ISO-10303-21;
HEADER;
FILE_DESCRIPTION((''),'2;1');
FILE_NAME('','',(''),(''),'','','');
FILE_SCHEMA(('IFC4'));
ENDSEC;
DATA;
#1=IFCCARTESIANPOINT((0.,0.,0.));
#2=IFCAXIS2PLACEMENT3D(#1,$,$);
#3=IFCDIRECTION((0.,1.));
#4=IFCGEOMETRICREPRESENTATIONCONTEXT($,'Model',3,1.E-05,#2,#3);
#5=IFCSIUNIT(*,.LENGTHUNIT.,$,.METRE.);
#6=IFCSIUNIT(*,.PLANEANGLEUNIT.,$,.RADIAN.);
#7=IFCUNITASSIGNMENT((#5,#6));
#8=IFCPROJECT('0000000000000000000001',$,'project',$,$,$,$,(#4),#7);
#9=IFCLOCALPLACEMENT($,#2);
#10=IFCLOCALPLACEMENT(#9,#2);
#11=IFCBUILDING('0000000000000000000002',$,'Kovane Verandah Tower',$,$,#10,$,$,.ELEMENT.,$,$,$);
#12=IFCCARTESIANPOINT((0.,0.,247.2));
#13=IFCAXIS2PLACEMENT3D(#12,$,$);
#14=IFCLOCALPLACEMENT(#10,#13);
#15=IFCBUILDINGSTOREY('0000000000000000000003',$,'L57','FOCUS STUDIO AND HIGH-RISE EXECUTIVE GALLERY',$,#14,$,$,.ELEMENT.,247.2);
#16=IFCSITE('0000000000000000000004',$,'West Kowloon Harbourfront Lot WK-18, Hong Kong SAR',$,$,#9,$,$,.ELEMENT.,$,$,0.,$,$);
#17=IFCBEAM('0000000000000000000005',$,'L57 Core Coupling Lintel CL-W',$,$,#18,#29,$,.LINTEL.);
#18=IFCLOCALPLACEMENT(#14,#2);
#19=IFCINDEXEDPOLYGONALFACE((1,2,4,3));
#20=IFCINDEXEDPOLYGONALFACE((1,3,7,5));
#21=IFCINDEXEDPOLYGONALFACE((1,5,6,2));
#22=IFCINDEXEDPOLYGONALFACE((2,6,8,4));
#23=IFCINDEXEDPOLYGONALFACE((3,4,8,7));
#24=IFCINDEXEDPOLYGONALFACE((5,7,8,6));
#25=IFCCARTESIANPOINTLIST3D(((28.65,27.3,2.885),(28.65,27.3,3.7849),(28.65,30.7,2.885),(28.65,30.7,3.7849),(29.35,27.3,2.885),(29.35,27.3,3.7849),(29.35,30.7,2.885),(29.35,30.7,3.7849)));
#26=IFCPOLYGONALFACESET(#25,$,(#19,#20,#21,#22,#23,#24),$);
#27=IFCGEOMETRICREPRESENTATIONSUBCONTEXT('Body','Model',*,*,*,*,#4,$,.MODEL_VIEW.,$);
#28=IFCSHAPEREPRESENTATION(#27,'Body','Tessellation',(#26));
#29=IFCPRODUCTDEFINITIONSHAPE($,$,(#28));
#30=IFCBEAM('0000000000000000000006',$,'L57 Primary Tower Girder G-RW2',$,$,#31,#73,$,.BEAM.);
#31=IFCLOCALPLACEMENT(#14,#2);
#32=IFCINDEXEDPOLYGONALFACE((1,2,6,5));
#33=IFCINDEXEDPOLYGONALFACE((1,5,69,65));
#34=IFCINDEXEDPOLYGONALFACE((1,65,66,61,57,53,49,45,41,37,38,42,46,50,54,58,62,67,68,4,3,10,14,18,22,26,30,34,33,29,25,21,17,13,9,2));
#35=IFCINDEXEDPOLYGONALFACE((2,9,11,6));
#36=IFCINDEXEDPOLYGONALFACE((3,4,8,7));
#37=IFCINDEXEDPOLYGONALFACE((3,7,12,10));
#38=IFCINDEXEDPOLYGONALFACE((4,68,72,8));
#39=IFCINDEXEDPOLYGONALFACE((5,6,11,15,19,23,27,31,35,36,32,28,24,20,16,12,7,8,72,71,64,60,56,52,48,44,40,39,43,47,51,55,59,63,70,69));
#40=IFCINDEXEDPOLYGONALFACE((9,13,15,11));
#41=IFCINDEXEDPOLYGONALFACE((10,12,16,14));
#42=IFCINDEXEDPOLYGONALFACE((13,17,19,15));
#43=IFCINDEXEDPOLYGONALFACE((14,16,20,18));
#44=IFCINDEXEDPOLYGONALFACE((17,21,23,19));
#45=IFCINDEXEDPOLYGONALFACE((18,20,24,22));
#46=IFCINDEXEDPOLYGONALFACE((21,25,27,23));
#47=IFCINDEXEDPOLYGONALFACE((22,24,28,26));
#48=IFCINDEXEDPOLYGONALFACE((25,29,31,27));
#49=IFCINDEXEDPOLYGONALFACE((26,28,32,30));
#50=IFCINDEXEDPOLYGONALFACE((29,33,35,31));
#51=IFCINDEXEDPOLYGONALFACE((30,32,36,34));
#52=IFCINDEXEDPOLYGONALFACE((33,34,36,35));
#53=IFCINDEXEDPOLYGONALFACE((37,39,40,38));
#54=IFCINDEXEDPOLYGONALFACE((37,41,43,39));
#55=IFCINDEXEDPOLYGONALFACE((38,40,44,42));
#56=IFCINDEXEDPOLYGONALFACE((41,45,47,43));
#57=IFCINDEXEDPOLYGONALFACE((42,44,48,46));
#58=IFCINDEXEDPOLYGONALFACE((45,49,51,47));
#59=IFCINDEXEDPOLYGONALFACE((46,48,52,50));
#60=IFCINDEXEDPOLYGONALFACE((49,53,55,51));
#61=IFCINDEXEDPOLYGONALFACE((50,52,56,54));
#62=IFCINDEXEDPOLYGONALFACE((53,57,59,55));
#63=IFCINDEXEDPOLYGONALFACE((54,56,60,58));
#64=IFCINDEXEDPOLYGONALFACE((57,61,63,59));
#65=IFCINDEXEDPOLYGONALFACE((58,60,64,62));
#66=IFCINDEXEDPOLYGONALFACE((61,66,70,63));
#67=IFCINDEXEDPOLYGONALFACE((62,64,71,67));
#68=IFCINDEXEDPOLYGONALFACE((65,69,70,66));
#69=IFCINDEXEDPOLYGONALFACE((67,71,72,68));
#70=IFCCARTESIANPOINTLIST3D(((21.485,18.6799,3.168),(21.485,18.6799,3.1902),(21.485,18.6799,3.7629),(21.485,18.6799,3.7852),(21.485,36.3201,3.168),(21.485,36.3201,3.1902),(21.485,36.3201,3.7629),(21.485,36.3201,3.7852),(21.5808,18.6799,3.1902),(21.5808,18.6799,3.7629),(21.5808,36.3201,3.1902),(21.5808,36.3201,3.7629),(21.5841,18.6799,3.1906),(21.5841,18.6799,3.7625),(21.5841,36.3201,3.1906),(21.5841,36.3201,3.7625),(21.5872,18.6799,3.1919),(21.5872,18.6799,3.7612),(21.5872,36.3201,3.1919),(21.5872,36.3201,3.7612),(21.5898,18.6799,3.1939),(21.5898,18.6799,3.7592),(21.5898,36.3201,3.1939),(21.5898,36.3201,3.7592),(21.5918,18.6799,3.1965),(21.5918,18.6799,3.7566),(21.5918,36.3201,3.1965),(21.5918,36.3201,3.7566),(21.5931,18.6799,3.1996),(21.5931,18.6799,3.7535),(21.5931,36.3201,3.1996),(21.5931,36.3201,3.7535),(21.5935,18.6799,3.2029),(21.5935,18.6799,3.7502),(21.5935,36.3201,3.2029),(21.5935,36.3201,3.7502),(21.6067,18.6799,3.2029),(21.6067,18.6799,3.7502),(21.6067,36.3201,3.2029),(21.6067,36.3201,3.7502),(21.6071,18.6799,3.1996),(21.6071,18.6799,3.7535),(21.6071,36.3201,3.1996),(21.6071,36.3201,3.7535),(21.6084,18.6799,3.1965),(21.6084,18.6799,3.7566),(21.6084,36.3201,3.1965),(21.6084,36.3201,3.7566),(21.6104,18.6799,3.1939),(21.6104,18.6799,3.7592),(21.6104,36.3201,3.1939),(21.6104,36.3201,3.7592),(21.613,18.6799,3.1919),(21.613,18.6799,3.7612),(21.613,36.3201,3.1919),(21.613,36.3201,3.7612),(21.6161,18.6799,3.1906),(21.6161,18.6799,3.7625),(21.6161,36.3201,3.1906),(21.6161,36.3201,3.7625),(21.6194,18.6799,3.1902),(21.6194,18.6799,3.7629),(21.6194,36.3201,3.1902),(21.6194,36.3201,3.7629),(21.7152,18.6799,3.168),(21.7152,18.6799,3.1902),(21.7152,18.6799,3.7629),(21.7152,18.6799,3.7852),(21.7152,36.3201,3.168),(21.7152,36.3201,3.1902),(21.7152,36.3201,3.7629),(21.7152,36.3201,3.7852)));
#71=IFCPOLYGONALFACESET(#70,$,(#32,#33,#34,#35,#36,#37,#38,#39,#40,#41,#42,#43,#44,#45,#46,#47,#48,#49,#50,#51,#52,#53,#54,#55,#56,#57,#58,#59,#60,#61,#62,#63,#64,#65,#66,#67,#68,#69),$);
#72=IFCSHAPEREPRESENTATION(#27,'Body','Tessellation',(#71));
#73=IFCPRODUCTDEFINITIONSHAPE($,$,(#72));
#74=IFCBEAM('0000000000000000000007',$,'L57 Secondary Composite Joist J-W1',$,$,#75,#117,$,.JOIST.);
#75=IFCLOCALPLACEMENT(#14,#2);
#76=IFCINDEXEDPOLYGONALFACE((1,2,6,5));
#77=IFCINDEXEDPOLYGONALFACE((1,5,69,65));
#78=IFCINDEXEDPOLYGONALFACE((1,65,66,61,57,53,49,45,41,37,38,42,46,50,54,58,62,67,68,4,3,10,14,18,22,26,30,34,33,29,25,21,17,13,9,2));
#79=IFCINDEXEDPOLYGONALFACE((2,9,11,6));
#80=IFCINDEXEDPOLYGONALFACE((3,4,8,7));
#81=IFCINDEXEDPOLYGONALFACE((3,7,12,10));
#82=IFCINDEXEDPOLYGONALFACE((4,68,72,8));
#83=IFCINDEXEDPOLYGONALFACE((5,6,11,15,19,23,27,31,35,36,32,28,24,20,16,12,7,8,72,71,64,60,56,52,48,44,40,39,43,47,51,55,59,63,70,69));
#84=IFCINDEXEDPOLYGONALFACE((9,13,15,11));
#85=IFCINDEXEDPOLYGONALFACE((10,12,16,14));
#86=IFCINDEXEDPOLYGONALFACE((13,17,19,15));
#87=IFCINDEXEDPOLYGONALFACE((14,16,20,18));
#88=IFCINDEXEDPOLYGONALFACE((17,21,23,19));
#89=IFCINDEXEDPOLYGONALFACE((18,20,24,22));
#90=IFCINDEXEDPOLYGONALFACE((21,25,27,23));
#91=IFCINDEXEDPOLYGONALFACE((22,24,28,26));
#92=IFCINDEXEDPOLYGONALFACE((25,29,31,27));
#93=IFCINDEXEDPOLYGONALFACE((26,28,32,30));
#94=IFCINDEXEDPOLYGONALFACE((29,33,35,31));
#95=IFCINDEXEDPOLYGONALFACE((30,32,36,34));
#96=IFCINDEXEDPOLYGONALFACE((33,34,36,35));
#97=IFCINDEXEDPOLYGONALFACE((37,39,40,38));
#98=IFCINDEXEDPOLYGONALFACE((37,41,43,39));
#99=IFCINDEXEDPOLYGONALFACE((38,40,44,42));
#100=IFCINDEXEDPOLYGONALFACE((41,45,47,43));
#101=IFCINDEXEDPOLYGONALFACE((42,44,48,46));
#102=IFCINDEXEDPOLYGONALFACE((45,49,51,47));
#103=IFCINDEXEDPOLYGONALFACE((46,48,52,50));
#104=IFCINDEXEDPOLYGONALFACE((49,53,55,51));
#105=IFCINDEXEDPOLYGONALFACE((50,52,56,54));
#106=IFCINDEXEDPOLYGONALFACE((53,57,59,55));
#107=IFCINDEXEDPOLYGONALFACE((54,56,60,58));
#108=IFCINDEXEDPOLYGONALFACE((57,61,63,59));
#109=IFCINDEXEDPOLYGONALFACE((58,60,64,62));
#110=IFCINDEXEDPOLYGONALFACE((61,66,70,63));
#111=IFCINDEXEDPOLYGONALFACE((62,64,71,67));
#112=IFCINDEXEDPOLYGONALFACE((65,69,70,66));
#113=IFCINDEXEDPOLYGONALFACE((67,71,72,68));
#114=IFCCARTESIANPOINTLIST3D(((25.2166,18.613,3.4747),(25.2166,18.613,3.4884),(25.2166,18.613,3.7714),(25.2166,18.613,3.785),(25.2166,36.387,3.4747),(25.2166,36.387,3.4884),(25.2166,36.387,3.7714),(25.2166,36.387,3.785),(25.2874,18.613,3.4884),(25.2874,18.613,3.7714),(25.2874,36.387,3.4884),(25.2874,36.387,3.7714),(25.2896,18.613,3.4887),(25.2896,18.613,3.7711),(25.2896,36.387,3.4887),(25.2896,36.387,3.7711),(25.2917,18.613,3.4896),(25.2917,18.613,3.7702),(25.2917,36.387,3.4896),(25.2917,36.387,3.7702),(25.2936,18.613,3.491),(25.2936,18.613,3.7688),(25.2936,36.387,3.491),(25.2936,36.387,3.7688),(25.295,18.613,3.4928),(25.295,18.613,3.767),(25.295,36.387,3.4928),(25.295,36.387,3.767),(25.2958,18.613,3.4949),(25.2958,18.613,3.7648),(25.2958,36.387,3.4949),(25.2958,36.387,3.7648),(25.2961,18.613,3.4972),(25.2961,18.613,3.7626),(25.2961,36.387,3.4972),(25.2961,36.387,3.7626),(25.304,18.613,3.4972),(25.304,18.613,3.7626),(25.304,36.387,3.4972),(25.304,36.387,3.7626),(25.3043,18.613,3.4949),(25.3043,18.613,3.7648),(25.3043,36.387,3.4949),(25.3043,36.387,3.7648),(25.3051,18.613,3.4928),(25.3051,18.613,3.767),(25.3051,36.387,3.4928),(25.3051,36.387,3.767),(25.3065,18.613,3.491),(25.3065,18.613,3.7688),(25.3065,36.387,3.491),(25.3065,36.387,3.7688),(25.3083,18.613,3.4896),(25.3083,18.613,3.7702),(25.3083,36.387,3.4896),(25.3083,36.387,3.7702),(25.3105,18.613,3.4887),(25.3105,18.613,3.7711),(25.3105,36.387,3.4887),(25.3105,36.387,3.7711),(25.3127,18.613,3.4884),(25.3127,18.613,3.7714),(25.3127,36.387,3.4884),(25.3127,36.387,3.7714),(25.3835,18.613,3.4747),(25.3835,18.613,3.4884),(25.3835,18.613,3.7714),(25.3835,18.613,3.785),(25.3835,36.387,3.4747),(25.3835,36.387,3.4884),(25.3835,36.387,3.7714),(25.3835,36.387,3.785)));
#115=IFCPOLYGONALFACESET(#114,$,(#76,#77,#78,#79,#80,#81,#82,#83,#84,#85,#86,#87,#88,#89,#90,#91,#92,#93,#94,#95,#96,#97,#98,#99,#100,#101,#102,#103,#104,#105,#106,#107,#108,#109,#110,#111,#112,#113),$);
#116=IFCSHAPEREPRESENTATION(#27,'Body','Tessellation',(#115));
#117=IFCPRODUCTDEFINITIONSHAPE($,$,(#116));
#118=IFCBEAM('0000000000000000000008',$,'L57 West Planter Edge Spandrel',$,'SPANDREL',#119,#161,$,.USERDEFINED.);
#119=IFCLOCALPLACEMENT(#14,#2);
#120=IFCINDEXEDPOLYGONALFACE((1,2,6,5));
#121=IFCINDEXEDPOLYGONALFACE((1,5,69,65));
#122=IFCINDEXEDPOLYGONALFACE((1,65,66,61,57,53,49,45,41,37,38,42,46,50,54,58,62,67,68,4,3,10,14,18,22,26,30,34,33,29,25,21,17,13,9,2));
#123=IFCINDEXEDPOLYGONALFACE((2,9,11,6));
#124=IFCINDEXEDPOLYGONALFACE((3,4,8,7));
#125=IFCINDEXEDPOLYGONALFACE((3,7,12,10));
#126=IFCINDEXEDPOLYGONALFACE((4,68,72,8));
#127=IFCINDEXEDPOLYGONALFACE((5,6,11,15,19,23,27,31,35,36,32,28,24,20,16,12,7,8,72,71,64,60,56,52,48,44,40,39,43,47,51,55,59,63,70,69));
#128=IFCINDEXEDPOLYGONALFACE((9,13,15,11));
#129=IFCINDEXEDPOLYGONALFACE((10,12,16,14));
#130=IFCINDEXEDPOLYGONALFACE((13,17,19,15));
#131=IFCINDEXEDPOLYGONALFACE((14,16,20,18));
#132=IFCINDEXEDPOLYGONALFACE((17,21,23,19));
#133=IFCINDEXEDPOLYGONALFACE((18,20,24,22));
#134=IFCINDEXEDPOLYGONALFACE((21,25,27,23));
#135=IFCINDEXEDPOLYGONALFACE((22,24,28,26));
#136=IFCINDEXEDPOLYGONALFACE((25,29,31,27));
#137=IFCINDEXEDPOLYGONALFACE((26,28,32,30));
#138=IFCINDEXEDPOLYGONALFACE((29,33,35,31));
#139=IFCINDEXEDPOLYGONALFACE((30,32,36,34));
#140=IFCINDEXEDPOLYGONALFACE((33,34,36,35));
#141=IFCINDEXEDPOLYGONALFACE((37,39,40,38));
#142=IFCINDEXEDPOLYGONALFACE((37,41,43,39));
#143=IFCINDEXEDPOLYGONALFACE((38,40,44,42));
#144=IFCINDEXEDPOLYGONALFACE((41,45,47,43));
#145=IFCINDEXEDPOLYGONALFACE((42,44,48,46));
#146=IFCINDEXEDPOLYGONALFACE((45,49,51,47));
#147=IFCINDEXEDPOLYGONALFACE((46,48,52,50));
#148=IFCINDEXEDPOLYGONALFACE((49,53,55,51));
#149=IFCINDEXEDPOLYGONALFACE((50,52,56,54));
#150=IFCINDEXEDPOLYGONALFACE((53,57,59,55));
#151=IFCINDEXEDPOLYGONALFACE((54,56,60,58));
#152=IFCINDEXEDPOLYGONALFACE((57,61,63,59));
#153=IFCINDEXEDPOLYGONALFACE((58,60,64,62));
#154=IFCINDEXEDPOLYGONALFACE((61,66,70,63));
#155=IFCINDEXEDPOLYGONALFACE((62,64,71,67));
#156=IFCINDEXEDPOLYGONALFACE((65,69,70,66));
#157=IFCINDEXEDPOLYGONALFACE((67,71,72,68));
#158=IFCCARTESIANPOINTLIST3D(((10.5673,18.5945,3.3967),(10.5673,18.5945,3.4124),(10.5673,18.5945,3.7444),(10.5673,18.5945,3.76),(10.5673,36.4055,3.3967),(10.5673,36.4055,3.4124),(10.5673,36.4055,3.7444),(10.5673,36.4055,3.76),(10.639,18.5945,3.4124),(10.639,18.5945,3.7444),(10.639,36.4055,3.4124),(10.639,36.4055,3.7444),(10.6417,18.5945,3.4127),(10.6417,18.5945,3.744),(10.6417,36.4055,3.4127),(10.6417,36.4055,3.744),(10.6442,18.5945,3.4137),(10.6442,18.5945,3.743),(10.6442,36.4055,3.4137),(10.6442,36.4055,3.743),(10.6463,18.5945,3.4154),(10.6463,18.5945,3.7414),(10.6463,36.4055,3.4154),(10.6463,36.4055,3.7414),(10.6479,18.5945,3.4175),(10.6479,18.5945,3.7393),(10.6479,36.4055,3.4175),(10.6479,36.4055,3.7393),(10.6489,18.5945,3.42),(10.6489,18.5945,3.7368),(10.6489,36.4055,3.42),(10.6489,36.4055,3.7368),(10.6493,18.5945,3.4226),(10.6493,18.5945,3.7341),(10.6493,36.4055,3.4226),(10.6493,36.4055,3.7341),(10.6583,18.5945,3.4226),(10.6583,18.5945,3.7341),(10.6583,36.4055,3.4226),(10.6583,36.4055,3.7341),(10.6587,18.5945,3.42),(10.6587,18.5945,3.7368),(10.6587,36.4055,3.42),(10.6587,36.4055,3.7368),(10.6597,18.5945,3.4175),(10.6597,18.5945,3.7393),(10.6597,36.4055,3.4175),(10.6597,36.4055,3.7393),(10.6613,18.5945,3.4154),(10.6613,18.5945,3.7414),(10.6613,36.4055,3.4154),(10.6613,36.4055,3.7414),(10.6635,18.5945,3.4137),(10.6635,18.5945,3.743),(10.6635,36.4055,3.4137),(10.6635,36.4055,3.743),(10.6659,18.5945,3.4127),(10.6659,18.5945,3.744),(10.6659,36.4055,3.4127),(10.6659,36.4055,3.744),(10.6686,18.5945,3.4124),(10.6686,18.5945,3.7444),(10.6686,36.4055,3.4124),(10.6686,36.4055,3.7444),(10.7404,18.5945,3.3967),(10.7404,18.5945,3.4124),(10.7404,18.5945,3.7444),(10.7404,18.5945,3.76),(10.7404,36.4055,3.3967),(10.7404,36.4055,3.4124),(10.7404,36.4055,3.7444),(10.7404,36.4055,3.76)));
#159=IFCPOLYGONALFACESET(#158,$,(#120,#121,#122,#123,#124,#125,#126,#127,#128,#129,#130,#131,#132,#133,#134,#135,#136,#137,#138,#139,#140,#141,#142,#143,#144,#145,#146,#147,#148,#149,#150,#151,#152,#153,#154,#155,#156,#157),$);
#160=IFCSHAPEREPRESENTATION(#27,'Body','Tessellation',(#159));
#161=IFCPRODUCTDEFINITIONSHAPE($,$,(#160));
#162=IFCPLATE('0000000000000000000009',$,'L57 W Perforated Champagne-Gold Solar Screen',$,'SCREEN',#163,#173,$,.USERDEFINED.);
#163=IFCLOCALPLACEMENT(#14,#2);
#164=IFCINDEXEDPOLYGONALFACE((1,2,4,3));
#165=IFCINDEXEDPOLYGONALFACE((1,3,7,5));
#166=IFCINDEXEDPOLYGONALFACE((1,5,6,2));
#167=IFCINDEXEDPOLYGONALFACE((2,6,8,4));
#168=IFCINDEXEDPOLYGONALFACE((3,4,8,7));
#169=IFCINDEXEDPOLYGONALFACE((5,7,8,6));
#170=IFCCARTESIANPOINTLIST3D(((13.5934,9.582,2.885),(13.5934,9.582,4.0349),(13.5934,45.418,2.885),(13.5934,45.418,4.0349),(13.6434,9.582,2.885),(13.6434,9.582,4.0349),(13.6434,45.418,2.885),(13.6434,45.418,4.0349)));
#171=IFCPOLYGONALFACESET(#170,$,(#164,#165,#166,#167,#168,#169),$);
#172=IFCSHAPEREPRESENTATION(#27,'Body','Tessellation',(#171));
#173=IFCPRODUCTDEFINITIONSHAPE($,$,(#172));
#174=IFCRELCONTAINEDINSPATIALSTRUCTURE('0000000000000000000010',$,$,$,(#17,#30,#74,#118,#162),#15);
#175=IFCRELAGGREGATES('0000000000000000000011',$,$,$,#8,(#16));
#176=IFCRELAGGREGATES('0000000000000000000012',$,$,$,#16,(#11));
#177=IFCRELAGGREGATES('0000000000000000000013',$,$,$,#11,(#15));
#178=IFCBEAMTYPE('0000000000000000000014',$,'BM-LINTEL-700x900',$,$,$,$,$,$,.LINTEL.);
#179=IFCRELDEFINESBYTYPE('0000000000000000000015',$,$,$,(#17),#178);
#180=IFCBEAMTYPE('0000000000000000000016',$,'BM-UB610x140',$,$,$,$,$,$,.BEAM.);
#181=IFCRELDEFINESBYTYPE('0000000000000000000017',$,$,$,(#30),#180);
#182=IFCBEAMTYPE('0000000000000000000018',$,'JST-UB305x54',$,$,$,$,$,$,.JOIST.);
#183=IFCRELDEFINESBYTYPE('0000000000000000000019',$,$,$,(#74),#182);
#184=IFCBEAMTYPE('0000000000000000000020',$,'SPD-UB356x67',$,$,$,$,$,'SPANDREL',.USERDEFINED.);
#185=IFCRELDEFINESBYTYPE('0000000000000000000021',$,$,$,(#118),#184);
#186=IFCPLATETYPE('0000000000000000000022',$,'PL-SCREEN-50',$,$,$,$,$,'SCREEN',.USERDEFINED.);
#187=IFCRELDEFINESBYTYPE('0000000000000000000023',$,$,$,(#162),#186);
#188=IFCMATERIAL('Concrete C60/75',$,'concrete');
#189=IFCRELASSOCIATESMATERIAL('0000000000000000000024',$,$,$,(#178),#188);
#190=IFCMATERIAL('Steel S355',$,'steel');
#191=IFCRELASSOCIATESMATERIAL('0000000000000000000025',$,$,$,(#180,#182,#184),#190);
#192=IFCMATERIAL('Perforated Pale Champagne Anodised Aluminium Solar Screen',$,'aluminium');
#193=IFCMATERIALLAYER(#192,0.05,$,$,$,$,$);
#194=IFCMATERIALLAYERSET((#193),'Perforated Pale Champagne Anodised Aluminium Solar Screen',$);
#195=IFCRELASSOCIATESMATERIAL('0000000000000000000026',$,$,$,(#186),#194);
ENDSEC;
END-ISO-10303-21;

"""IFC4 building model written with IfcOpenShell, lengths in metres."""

from ifc_helpers import new_model, si_unit, direction, frame, origin, origin_2d, place, context, subcontext, project, spatial, rectangle, i_section, extrude, material, layer, layer_set, material_profile, profile_set, type_object, element, save


model = new_model("IFC4")

# Units and contexts
model_context = context("Model", 3, precision=1e-05, world=origin(), true_north=direction((0.0, 1.0)))
body_context = subcontext(model_context, "Body", "Model", "MODEL_VIEW")
ifc_project = project(units=[si_unit("LENGTHUNIT", "METRE"), si_unit("PLANEANGLEUNIT", "RADIAN")], contexts=[model_context])

# Site, building, storey
site_placement = place(None, origin())
site = spatial("IfcSite", under=ifc_project, at=site_placement, Name="West Kowloon Harbourfront Lot WK-18, Hong Kong SAR", CompositionType="ELEMENT", RefElevation=0.0)
building_placement = place(site_placement, origin())
building = spatial("IfcBuilding", under=site, at=building_placement, Name="Kovane Verandah Tower", CompositionType="ELEMENT")
storey_placement = place(building_placement, frame((0.0, 0.0, 247.2)))
storey = spatial("IfcBuildingStorey", under=building, at=storey_placement, Name="L57", Description="FOCUS STUDIO AND HIGH-RISE EXECUTIVE GALLERY", CompositionType="ELEMENT", Elevation=247.2)

# Beams
ifc_material_1 = material(Name="Concrete C60/75", Category="concrete")
ifc_material_profile_1 = material_profile(ifc_material_1, rectangle(XDim=0.7, YDim=0.8999, at=origin_2d()), Name="RCB700x900")
ifc_profile_set_1 = profile_set([ifc_material_profile_1], Name="Concrete C60/75")
beam_type_1 = type_object("IfcBeamType", Name="BM-LINTEL-700x900", PredefinedType="LINTEL", material=ifc_profile_set_1)
beam_1_placement = place(storey_placement, frame((29.0, 27.3, 3.335), z_axis=(0.0, 1.0, 0.0), x_axis=(-1.0, 0.0, 0.0)))
element("IfcBeam", 1, at=beam_1_placement, inside=storey, type_object=beam_type_1, Name="L57 Core Coupling Lintel CL-W", PredefinedType="LINTEL", context=body_context, shape_type="SweptSolid", body=[
    extrude(rectangle(XDim=0.7, YDim=0.8999, at=origin_2d()), origin(), (0.0, 0.0, 1.0), 3.3999),
])
ifc_material_2 = material(Name="Steel S355", Category="steel")
ifc_material_profile_2 = material_profile(ifc_material_2, i_section(OverallWidth=0.2302, OverallDepth=0.6172, WebThickness=0.0132, FlangeThickness=0.0222, FilletRadius=0.0127, at=origin_2d()), Name="UB610x229x140")
ifc_profile_set_2 = profile_set([ifc_material_profile_2], Name="Steel S355")
beam_type_2 = type_object("IfcBeamType", Name="BM-UB610x140", PredefinedType="BEAM", material=ifc_profile_set_2)
beam_2_placement = place(storey_placement, frame((21.6001, 18.6799, 3.4766), z_axis=(0.0, 1.0, 0.0), x_axis=(-1.0, 0.0, 0.0)))
element("IfcBeam", 2, at=beam_2_placement, inside=storey, type_object=beam_type_2, Name="L57 Primary Tower Girder G-RW2", PredefinedType="BEAM", context=body_context, shape_type="SweptSolid", body=[
    extrude(i_section(OverallWidth=0.2302, OverallDepth=0.6172, WebThickness=0.0132, FlangeThickness=0.0222, FilletRadius=0.0127, at=origin_2d()), origin(), (0.0, 0.0, 1.0), 17.6401),
])
ifc_material_profile_3 = material_profile(ifc_material_2, i_section(OverallWidth=0.167, OverallDepth=0.3103, WebThickness=0.0078, FlangeThickness=0.0137, FilletRadius=0.0088, at=origin_2d()), Name="UB305x165x54")
ifc_profile_set_3 = profile_set([ifc_material_profile_3], Name="Steel S355")
beam_type_3 = type_object("IfcBeamType", Name="JST-UB305x54", PredefinedType="JOIST", material=ifc_profile_set_3)
beam_3_placement = place(storey_placement, frame((25.3, 18.613, 3.6299), z_axis=(0.0, 1.0, 0.0), x_axis=(-1.0, 0.0, 0.0)))
element("IfcBeam", 3, at=beam_3_placement, inside=storey, type_object=beam_type_3, Name="L57 Secondary Composite Joist J-W1", PredefinedType="JOIST", context=body_context, shape_type="SweptSolid", body=[
    extrude(i_section(OverallWidth=0.167, OverallDepth=0.3103, WebThickness=0.0078, FlangeThickness=0.0137, FilletRadius=0.0088, at=origin_2d()), origin(), (0.0, 0.0, 1.0), 17.7739),
])
ifc_material_profile_4 = material_profile(ifc_material_2, i_section(OverallWidth=0.1731, OverallDepth=0.3633, WebThickness=0.009, FlangeThickness=0.0156, FilletRadius=0.0103, at=origin_2d()), Name="UB356x171x67")
ifc_profile_set_4 = profile_set([ifc_material_profile_4], Name="Steel S355")
beam_type_4 = type_object("IfcBeamType", Name="SPD-UB356x67", ElementType="SPANDREL", PredefinedType="USERDEFINED", material=ifc_profile_set_4)
beam_4_placement = place(storey_placement, frame((10.6538, 18.5945, 3.5784), z_axis=(0.0, 1.0, 0.0), x_axis=(-1.0, 0.0, 0.0)))
element("IfcBeam", 4, at=beam_4_placement, inside=storey, type_object=beam_type_4, Name="L57 West Planter Edge Spandrel", ObjectType="SPANDREL", PredefinedType="USERDEFINED", context=body_context, shape_type="SweptSolid", body=[
    extrude(i_section(OverallWidth=0.1731, OverallDepth=0.3633, WebThickness=0.009, FlangeThickness=0.0156, FilletRadius=0.0103, at=origin_2d()), origin(), (0.0, 0.0, 1.0), 17.811),
])

# Plate
ifc_material_3 = material(Name="Perforated Pale Champagne Anodised Aluminium Solar Screen", Category="aluminium")
ifc_layer_1 = layer(ifc_material_3, 0.05)
ifc_layer_set_1 = layer_set([ifc_layer_1], Name="Perforated Pale Champagne Anodised Aluminium Solar Screen")
plate_type = type_object("IfcPlateType", Name="PL-SCREEN-50", ElementType="SCREEN", PredefinedType="USERDEFINED", material=ifc_layer_set_1)
plate_placement = place(storey_placement, frame((13.6184, 27.5, 2.885), z_axis=(0.0, 0.0, 1.0), x_axis=(0.0, -1.0, 0.0)))
element("IfcPlate", 5, at=plate_placement, inside=storey, type_object=plate_type, Name="L57 W Perforated Champagne-Gold Solar Screen", ObjectType="SCREEN", PredefinedType="USERDEFINED", context=body_context, shape_type="SweptSolid", body=[
    extrude(rectangle(XDim=35.8359, YDim=0.05, at=origin_2d()), origin(), (0.0, 0.0, 1.0), 1.1499),
])

save(model, "model.ifc")
